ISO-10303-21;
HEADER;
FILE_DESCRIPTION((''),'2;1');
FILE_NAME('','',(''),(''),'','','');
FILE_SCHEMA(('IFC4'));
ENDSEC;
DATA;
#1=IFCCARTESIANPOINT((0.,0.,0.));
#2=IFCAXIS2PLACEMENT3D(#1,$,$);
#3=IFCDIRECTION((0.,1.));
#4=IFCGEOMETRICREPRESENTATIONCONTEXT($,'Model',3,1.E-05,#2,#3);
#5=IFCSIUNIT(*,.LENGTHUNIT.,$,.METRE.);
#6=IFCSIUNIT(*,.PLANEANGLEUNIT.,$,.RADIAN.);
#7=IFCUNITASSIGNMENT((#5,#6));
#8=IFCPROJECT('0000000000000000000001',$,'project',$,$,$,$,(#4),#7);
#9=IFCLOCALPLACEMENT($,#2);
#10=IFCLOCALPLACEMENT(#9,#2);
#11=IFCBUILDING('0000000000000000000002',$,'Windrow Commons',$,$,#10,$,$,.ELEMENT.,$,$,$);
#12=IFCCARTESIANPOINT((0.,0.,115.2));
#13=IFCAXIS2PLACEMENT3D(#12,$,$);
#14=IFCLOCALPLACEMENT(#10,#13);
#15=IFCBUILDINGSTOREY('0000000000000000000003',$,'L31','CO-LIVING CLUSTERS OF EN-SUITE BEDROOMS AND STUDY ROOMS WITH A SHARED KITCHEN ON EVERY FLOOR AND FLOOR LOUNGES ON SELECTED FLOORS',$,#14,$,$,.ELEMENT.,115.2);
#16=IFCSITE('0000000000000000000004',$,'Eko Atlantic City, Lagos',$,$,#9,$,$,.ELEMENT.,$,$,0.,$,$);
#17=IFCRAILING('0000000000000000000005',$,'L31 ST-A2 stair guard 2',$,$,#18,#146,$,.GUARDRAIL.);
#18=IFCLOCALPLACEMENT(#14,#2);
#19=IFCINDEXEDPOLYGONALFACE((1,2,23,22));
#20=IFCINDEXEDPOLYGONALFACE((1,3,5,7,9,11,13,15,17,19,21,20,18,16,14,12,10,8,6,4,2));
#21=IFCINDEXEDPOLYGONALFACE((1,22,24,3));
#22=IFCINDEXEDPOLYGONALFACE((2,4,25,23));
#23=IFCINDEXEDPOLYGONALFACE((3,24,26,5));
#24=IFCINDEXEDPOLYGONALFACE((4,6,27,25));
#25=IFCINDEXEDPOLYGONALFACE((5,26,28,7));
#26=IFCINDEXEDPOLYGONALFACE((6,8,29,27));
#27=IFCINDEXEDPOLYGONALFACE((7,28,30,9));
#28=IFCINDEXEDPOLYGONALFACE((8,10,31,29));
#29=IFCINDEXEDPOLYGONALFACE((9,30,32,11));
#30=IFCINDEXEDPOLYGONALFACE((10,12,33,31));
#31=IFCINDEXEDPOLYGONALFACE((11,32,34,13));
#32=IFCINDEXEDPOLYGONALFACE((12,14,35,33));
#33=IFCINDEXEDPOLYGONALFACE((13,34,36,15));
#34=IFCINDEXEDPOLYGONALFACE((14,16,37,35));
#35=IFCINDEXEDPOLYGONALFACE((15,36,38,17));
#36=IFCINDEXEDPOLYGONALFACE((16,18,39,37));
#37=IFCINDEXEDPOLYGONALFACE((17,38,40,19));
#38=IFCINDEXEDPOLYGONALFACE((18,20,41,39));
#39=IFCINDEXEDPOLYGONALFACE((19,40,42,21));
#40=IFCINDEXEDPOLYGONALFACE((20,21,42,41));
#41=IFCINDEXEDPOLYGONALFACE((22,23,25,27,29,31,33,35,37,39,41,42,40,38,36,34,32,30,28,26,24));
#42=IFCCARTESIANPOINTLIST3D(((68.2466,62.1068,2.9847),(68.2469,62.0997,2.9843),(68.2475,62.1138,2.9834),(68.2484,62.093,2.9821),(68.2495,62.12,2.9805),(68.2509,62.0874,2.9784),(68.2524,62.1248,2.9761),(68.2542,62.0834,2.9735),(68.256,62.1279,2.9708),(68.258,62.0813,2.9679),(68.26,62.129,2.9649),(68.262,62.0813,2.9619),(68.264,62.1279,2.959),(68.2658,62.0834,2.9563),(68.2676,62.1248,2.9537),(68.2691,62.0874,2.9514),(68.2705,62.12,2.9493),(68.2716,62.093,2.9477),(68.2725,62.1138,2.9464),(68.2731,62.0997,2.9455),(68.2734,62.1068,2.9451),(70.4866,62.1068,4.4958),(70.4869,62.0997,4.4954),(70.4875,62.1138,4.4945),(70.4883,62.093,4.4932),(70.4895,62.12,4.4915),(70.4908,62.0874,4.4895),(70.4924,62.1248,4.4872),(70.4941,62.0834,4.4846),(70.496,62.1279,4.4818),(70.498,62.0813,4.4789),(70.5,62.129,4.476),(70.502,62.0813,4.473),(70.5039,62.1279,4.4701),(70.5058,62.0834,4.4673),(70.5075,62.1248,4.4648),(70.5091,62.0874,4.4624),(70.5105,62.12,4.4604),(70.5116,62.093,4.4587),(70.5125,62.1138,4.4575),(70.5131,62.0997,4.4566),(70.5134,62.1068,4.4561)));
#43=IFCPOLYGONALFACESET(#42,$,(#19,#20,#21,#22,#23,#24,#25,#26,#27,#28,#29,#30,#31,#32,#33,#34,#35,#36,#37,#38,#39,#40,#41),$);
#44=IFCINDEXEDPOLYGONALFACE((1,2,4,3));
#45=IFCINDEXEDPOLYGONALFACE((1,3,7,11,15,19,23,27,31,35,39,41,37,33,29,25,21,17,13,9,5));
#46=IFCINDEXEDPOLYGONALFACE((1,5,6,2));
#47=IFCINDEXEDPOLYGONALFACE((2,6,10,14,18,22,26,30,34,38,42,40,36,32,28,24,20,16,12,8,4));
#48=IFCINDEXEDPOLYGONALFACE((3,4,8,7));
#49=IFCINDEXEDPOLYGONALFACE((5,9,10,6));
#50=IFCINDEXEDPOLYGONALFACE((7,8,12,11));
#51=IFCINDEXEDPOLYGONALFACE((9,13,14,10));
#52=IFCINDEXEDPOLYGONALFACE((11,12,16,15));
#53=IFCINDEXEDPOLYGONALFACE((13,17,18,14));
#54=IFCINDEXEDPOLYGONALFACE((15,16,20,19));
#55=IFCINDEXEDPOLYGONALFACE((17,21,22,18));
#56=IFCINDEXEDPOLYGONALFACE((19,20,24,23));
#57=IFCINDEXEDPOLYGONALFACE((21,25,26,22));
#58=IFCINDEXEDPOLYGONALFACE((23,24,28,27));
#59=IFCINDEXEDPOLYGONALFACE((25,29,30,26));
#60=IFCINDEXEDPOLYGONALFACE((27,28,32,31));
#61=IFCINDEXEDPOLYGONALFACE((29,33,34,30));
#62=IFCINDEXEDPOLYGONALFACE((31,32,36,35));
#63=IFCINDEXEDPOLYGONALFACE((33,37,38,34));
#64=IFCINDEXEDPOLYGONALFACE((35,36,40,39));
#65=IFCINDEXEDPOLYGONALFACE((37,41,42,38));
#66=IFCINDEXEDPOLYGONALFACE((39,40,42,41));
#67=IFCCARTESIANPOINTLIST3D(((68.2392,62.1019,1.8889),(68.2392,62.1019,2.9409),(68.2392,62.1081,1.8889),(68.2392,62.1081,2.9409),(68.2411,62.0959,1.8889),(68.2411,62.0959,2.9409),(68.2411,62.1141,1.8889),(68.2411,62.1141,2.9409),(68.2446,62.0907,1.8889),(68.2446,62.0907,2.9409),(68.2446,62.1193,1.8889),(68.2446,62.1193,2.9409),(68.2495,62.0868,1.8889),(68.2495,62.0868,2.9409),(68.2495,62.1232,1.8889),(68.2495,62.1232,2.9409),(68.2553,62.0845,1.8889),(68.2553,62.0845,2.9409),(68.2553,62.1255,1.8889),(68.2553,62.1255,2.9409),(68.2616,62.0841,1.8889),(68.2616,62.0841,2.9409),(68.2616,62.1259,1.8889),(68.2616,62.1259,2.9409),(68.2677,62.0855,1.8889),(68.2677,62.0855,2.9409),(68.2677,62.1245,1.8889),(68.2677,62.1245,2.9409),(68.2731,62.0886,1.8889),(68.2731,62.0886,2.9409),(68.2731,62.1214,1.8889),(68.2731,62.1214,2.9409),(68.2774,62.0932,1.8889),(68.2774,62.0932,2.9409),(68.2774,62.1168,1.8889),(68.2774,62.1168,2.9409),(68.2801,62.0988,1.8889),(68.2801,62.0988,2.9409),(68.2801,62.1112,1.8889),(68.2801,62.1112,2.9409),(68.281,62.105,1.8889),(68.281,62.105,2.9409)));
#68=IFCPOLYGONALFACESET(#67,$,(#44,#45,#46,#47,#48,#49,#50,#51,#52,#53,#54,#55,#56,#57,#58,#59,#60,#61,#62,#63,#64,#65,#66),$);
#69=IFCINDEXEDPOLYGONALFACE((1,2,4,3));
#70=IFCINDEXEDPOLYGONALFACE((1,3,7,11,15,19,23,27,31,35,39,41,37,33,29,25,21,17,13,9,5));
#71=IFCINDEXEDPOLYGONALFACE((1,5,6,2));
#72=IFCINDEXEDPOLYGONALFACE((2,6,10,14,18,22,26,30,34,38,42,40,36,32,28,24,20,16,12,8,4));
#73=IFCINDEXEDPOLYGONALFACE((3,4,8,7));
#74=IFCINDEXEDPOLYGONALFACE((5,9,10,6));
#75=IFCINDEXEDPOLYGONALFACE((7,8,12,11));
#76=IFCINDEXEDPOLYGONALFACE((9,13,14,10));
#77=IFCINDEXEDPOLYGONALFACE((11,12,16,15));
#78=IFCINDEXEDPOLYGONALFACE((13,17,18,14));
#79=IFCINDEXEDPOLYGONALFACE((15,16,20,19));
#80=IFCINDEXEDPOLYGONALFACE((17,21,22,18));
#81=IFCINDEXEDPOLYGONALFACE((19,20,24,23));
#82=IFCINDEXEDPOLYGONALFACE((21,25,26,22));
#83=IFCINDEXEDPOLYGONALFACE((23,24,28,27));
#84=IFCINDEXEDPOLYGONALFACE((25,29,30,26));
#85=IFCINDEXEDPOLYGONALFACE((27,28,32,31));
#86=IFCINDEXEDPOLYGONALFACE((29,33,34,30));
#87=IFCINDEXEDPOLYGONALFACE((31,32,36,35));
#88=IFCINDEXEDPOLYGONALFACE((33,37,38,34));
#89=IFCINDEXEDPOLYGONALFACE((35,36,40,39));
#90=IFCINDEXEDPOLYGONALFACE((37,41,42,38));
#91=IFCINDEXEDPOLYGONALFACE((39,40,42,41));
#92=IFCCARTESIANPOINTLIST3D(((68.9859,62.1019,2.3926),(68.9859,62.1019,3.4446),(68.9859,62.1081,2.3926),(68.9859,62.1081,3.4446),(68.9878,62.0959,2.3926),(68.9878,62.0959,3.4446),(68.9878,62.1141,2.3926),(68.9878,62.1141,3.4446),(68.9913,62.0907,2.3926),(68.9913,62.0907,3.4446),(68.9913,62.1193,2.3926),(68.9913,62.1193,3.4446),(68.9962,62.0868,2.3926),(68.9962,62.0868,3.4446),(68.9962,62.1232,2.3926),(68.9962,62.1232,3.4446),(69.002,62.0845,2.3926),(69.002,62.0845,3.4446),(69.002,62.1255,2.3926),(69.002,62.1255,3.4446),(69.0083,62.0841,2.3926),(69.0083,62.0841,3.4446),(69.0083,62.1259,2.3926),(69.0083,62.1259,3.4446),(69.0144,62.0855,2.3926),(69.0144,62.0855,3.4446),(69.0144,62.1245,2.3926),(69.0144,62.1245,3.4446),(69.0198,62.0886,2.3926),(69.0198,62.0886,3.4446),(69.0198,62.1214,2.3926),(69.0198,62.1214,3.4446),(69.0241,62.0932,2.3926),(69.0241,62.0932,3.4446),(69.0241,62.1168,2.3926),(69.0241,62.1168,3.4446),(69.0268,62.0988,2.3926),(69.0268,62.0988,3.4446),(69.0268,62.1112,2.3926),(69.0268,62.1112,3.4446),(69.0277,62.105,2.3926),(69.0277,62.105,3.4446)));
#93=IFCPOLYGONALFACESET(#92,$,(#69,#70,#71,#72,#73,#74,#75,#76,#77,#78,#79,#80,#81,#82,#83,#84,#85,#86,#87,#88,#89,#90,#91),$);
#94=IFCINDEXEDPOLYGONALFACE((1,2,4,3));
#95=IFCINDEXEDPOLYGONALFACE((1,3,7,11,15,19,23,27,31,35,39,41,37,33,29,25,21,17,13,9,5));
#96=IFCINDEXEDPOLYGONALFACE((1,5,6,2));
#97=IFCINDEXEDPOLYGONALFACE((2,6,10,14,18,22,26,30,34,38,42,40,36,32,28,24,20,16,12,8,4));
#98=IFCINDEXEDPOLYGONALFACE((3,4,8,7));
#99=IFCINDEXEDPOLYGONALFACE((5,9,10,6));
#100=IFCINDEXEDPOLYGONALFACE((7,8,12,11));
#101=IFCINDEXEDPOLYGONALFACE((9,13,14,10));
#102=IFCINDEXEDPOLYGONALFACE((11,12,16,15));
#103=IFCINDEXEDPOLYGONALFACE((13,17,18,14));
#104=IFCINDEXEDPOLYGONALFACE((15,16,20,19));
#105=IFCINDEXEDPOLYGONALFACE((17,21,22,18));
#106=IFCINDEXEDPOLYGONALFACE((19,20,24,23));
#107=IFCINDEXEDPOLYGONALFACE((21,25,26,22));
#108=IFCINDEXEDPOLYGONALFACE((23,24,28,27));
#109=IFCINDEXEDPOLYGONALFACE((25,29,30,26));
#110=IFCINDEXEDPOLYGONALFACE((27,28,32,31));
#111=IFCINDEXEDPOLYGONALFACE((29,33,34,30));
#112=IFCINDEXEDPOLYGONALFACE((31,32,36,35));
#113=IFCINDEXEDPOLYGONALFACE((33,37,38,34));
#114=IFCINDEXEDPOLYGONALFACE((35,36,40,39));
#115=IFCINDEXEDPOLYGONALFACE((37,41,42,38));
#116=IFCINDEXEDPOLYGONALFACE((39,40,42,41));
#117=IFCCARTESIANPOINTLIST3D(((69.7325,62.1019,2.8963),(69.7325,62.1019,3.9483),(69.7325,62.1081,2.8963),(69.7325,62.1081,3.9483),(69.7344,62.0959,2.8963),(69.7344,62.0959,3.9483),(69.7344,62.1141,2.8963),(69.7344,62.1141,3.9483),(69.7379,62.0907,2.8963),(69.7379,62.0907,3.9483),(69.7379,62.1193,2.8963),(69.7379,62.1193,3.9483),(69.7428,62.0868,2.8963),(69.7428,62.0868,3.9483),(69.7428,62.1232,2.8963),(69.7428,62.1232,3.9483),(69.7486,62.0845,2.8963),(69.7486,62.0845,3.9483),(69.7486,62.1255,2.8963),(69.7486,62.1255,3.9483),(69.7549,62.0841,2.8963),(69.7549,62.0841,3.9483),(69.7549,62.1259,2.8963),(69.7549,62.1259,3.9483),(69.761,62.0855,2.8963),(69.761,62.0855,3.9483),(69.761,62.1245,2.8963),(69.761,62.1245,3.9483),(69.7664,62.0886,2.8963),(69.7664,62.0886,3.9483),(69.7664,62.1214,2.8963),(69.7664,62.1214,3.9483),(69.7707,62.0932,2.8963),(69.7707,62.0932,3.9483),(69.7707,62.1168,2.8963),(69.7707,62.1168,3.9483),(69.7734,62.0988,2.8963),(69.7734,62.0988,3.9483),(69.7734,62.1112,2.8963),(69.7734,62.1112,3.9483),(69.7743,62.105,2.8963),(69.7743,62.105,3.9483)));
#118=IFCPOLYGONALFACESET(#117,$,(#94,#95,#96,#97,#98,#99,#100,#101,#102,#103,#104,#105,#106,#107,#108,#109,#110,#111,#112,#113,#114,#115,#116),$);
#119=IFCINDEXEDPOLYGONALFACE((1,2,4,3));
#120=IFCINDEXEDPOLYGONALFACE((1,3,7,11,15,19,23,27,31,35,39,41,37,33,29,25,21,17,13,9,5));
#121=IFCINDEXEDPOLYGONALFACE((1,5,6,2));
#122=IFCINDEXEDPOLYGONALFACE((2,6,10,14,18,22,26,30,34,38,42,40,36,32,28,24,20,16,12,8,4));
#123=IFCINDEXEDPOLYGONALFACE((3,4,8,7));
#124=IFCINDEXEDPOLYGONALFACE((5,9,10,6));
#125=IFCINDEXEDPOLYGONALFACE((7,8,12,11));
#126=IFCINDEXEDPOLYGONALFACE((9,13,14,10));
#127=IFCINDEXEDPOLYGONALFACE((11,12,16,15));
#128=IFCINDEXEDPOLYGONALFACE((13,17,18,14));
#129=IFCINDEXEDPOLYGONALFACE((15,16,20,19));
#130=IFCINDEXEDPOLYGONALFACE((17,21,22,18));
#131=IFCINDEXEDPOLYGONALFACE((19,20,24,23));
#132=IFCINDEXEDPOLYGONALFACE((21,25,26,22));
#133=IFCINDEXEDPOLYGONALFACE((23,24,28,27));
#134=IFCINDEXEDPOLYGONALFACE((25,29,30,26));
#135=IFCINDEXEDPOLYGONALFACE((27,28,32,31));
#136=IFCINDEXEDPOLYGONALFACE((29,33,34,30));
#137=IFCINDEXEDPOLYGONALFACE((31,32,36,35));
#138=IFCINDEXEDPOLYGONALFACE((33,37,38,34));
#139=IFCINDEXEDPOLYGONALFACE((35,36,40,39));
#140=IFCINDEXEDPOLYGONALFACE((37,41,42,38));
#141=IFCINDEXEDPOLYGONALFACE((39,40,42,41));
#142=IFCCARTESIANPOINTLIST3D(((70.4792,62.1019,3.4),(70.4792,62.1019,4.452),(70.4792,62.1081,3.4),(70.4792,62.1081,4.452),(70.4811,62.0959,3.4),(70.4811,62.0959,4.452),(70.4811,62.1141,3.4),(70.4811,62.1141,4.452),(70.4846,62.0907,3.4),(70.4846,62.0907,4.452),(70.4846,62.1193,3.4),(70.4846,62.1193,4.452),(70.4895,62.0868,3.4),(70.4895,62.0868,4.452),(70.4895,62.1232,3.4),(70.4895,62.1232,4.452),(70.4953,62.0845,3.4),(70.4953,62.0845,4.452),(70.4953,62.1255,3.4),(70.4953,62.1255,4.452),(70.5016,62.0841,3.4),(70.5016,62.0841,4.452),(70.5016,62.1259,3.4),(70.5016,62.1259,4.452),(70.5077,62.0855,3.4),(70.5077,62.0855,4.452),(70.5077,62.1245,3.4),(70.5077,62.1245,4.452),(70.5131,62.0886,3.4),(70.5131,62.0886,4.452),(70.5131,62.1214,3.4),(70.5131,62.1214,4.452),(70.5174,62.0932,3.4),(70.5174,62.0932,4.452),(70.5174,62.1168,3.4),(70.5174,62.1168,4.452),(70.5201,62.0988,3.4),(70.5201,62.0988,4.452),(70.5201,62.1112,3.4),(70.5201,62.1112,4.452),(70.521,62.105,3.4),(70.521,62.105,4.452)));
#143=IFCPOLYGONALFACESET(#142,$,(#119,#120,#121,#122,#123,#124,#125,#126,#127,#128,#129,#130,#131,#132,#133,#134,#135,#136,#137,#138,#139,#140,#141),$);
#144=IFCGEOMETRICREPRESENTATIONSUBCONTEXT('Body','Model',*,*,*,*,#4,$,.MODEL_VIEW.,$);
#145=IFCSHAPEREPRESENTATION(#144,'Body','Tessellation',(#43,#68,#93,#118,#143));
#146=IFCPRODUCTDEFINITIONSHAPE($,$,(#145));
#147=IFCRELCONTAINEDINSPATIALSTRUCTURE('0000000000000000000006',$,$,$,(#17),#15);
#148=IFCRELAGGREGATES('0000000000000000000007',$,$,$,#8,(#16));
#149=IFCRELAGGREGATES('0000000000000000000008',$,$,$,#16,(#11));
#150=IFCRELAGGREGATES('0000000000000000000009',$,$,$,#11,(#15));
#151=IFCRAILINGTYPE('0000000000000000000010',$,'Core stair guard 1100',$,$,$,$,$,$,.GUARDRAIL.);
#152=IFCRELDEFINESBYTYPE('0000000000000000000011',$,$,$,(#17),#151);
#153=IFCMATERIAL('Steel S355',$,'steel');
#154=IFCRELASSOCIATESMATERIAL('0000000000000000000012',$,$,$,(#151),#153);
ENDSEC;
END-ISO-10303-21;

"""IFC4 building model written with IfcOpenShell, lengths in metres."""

from ifc_helpers import new_model, si_unit, direction, frame, origin, origin_2d, place, context, subcontext, project, spatial, circle, extrude, material, type_object, element, save


model = new_model("IFC4")

# Units and contexts
model_context = context("Model", 3, precision=1e-05, world=origin(), true_north=direction((0.0, 1.0)))
body_context = subcontext(model_context, "Body", "Model", "MODEL_VIEW")
ifc_project = project(units=[si_unit("LENGTHUNIT", "METRE"), si_unit("PLANEANGLEUNIT", "RADIAN")], contexts=[model_context])

# Site, building, storey
site_placement = place(None, origin())
site = spatial("IfcSite", under=ifc_project, at=site_placement, Name="Eko Atlantic City, Lagos", CompositionType="ELEMENT", RefElevation=0.0)
building_placement = place(site_placement, origin())
building = spatial("IfcBuilding", under=site, at=building_placement, Name="Windrow Commons", CompositionType="ELEMENT")
storey_placement = place(building_placement, frame((0.0, 0.0, 115.2)))
storey = spatial("IfcBuildingStorey", under=building, at=storey_placement, Name="L31", Description="CO-LIVING CLUSTERS OF EN-SUITE BEDROOMS AND STUDY ROOMS WITH A SHARED KITCHEN ON EVERY FLOOR AND FLOOR LOUNGES ON SELECTED FLOORS", CompositionType="ELEMENT", Elevation=115.2)

# Railing
ifc_material_1 = material(Name="Steel S355", Category="steel")
railing_type_1 = type_object("IfcRailingType", Name="Core stair guard 1100", PredefinedType="GUARDRAIL", material=ifc_material_1)
railing_1_placement = place(storey_placement, frame((68.26, 62.105, 1.8889)))
element("IfcRailing", 1, at=railing_1_placement, inside=storey, type_object=railing_type_1, Name="L31 ST-A2 stair guard 2", PredefinedType="GUARDRAIL", context=body_context, shape_type="SweptSolid", body=[
    extrude(circle(Radius=0.024, at=origin_2d()), frame((0.0, 0.0, 1.076), z_axis=(0.829003, 0.0, 0.559244), x_axis=(0.0, 1.0, 0.0)), (0.0, 0.0, 1.0), 2.702),
    extrude(circle(Radius=0.021, at=origin_2d()), origin(), (0.0, 0.0, 1.0), 1.052),
    extrude(circle(Radius=0.021, at=origin_2d()), frame((0.7467, 0.0, 0.5037)), (0.0, 0.0, 1.0), 1.052),
    extrude(circle(Radius=0.021, at=origin_2d()), frame((1.4933, 0.0, 1.0074)), (0.0, 0.0, 1.0), 1.052),
    extrude(circle(Radius=0.021, at=origin_2d()), frame((2.24, 0.0, 1.5111)), (0.0, 0.0, 1.0), 1.052),
])

save(model, "model.ifc")
